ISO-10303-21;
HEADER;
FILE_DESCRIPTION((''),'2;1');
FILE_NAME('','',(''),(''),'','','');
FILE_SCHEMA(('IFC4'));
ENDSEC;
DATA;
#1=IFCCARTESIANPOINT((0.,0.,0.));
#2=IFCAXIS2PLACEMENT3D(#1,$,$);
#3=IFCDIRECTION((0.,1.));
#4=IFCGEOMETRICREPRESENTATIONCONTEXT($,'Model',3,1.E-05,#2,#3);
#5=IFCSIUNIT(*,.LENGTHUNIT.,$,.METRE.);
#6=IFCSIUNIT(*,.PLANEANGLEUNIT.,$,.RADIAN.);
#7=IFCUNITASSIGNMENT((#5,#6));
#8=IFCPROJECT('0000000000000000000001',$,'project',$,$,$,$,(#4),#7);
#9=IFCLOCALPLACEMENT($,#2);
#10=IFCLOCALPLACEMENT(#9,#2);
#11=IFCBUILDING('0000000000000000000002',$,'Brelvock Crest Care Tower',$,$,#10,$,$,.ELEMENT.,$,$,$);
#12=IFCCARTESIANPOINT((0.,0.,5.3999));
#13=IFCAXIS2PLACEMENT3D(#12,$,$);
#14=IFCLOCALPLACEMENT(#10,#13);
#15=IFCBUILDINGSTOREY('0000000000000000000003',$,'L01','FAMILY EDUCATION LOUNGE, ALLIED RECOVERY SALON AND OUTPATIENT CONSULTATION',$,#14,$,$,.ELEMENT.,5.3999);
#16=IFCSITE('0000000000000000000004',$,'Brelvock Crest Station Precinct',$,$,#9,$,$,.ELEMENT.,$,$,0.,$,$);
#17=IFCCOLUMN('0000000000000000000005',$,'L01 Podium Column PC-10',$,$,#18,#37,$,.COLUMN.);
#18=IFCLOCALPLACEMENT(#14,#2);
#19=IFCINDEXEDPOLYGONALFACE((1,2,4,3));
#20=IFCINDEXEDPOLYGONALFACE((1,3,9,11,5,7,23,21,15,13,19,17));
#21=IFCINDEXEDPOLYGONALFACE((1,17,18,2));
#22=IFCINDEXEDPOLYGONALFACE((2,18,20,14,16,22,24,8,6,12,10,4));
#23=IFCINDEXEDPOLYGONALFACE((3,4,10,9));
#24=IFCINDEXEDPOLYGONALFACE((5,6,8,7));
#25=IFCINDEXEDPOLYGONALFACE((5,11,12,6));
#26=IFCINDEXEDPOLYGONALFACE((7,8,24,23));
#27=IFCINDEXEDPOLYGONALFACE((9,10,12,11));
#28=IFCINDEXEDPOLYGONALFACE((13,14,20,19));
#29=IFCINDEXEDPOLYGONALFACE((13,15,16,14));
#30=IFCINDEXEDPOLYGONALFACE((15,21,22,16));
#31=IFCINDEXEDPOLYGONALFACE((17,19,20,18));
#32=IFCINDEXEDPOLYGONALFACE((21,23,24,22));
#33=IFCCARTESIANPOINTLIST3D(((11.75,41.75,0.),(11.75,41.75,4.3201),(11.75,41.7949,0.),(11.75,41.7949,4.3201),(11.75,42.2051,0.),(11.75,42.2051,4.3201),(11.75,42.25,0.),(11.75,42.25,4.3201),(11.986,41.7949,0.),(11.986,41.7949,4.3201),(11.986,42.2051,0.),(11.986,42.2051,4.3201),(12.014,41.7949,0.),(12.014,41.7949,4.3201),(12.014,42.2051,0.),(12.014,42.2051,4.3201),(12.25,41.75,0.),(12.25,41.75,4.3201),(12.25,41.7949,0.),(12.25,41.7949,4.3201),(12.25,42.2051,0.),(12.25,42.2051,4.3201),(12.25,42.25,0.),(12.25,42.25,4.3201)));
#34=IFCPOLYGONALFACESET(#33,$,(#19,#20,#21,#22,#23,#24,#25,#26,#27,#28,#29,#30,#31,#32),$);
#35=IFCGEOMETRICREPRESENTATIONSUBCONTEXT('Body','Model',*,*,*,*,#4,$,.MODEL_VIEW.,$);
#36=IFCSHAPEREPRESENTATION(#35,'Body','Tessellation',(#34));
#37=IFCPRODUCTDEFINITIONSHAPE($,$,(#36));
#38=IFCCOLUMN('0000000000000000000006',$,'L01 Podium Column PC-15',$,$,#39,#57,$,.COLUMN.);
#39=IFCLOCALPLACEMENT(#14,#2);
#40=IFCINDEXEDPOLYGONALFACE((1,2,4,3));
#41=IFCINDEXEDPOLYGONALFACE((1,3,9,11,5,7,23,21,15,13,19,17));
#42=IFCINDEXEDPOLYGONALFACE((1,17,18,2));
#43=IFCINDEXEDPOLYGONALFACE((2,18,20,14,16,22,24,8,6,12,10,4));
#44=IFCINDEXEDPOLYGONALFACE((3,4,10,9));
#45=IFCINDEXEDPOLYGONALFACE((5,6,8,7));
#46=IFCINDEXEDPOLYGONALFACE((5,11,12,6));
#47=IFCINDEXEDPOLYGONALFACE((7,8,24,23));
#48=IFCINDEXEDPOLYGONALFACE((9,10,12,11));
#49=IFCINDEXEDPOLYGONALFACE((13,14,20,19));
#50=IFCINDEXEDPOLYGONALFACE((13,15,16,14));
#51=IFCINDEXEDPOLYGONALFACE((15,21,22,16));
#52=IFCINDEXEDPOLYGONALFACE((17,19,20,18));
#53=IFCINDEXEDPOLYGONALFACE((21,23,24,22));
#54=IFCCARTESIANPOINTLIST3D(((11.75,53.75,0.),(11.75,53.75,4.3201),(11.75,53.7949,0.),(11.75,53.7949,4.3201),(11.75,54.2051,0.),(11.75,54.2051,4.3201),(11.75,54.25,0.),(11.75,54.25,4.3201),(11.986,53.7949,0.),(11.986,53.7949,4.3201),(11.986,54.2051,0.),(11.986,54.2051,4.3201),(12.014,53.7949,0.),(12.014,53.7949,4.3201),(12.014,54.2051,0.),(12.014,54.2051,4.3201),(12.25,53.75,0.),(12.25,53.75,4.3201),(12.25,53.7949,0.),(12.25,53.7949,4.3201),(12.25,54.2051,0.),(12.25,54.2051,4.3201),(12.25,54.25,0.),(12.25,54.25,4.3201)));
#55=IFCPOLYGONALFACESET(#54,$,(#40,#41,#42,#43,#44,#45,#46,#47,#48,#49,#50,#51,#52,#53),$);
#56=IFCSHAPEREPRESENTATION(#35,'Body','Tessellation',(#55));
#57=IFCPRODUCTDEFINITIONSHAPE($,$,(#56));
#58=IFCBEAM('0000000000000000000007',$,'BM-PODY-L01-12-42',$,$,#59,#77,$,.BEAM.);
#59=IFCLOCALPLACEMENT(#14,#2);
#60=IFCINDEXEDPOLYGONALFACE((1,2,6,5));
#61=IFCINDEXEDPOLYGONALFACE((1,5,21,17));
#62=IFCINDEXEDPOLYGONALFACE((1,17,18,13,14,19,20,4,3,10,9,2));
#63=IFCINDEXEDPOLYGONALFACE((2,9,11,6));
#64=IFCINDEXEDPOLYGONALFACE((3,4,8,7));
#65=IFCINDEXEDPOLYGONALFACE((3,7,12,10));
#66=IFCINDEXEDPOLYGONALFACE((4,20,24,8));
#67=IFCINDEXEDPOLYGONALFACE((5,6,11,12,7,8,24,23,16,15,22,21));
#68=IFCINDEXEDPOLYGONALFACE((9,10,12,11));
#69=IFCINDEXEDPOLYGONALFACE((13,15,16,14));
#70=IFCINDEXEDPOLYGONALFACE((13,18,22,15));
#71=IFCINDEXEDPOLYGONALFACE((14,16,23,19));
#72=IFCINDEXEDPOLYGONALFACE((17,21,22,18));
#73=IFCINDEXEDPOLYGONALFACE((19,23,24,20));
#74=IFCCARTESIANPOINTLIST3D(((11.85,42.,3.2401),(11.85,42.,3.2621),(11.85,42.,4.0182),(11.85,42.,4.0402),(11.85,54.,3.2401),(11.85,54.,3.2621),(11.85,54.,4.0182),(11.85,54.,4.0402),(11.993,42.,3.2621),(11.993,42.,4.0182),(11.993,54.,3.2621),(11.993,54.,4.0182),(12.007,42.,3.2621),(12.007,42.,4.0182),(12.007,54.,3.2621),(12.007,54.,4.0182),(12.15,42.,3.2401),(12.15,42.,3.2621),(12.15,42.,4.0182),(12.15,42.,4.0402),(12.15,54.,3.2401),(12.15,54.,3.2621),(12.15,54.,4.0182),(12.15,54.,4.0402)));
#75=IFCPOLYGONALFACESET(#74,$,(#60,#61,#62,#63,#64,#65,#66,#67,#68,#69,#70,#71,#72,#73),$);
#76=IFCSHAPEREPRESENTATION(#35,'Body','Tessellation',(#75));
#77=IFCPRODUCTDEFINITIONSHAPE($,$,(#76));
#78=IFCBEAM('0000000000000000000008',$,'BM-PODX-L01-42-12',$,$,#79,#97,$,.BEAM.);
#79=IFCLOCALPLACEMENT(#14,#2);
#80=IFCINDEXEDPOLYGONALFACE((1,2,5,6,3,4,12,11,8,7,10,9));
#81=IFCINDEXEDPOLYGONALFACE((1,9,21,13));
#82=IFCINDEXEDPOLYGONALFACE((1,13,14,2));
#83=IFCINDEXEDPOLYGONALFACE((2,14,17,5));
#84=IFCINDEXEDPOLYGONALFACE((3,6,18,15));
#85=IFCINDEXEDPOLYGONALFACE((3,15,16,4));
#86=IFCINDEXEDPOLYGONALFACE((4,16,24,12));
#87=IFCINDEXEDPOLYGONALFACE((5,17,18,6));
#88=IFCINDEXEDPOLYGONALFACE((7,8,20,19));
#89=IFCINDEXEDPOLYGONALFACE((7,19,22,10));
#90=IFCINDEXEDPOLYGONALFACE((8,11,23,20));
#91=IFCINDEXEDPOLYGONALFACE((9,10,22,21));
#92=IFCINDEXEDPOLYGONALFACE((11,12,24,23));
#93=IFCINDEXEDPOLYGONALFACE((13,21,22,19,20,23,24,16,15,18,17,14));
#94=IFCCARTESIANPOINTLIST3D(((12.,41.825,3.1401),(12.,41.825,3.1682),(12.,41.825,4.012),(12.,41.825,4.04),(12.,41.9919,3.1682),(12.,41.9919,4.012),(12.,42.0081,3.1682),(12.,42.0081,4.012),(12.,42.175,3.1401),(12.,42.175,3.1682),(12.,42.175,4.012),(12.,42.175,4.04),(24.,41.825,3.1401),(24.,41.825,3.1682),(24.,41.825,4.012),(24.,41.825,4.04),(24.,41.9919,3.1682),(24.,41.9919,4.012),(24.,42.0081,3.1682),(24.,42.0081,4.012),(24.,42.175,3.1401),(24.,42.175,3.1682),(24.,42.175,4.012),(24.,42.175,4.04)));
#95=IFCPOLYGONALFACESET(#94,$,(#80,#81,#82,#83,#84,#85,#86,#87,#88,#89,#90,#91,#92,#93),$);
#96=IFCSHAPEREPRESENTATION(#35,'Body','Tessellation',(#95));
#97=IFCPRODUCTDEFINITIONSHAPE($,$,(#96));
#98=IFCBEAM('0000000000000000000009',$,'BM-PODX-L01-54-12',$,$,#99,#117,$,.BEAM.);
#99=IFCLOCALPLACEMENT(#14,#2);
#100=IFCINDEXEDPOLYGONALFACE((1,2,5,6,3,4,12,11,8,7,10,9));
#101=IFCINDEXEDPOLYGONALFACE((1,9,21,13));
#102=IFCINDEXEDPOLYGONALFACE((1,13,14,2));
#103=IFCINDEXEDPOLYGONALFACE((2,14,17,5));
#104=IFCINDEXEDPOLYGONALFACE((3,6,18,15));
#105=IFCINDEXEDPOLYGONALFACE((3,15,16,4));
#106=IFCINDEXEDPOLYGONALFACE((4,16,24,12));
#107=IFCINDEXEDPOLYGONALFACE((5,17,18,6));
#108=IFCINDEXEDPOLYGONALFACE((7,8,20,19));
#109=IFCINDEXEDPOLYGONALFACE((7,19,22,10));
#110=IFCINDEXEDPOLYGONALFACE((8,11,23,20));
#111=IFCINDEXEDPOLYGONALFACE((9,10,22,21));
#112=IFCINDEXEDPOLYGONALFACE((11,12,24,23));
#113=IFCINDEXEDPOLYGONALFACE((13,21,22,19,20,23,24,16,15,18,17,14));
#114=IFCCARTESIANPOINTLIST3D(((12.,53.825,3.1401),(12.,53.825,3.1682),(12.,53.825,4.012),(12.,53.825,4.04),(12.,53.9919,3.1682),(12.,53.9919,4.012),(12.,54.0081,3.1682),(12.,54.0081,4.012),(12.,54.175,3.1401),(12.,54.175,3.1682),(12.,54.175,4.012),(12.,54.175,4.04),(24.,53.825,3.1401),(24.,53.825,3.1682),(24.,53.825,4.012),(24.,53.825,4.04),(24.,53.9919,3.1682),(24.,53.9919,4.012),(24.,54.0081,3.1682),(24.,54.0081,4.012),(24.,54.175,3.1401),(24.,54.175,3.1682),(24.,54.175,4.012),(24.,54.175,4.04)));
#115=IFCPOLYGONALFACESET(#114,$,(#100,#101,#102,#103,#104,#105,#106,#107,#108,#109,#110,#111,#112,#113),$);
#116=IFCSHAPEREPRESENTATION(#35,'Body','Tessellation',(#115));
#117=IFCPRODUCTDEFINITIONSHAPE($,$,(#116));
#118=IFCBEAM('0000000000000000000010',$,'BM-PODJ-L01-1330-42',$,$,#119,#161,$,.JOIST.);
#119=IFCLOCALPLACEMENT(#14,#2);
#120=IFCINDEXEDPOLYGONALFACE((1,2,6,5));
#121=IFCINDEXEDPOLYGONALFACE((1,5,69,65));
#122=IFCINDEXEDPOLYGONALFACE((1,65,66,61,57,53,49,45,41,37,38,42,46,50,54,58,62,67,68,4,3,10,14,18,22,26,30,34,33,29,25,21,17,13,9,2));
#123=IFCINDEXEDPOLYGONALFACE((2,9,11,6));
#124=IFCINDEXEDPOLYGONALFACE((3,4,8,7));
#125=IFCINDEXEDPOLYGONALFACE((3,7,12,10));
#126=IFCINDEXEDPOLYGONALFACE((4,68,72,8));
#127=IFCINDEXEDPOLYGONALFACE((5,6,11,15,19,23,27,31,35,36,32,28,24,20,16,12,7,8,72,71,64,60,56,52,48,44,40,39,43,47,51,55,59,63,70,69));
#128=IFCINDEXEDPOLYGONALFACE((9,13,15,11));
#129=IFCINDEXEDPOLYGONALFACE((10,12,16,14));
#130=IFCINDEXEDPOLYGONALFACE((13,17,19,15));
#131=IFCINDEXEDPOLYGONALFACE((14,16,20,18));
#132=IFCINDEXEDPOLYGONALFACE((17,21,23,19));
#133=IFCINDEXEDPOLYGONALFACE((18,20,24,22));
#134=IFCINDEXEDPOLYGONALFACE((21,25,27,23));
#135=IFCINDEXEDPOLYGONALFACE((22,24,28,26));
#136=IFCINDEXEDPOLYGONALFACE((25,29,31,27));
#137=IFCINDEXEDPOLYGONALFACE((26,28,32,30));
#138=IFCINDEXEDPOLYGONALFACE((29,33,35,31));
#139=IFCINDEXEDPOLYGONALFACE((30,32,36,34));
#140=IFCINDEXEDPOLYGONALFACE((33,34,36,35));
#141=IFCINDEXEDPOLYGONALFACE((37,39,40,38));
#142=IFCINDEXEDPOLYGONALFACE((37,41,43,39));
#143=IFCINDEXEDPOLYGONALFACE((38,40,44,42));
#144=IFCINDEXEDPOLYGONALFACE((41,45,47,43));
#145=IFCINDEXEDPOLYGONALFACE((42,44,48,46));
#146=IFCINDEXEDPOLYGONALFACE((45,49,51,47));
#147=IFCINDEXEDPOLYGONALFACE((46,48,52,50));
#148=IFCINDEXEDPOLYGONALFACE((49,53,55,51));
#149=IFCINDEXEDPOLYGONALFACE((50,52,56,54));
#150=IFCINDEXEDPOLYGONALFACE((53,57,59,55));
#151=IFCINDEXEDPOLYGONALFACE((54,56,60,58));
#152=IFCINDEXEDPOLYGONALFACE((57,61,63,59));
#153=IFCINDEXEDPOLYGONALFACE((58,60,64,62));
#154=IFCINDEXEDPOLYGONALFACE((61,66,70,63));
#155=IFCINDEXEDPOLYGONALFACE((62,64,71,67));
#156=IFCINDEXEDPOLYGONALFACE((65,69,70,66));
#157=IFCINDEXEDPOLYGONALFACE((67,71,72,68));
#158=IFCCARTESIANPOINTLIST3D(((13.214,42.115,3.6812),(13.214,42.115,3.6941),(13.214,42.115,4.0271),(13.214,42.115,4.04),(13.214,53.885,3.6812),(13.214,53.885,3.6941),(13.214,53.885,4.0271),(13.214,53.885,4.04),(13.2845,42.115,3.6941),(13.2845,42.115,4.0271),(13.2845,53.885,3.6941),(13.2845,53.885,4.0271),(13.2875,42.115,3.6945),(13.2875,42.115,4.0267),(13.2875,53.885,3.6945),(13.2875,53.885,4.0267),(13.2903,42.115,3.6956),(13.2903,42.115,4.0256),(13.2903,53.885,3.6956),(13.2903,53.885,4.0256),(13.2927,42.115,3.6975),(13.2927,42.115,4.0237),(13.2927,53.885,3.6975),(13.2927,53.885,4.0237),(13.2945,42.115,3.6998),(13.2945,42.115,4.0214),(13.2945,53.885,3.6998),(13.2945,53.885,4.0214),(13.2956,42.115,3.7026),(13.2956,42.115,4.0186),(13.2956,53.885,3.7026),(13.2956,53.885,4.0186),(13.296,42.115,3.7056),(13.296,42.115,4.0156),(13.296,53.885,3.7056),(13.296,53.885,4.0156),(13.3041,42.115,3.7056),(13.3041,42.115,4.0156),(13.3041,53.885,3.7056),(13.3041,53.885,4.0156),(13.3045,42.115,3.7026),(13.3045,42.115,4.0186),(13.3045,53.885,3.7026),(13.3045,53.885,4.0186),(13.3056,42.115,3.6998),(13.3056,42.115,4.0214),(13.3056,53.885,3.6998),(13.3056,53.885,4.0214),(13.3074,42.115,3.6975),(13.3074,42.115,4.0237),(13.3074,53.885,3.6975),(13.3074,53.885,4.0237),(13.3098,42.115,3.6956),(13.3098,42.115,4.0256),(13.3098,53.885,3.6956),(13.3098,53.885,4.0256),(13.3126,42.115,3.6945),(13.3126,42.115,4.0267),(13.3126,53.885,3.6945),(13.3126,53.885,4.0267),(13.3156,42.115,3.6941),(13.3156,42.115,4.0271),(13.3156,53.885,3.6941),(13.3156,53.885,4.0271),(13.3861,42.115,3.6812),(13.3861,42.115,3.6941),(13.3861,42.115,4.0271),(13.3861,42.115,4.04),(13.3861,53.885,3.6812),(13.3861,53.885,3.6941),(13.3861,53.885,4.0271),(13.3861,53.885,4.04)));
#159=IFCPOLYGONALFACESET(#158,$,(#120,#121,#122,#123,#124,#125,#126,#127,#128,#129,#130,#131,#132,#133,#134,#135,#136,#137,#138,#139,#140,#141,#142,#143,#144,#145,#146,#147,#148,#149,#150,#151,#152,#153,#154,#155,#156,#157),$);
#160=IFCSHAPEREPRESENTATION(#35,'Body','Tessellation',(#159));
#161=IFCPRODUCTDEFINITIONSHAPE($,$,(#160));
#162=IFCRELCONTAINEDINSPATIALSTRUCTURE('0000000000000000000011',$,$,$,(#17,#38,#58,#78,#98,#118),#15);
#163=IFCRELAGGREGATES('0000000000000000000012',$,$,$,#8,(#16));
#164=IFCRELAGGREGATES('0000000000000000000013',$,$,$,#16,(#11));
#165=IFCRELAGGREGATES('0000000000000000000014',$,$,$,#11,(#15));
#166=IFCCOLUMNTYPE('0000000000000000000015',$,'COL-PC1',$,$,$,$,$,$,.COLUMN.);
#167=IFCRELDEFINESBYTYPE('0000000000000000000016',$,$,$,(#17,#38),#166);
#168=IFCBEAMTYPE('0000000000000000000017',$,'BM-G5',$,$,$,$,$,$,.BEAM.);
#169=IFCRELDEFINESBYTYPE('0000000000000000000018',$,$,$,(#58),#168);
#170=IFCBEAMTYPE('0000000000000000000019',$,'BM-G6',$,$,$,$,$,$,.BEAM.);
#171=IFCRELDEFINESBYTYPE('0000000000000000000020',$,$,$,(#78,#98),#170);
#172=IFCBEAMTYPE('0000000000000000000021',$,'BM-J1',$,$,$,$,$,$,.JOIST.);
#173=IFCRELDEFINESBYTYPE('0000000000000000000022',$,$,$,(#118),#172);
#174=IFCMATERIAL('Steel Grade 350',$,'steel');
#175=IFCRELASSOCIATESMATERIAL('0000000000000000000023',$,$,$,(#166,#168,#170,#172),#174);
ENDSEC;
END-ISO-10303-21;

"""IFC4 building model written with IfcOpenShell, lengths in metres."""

from ifc_helpers import new_model, si_unit, direction, frame, origin, origin_2d, place, context, subcontext, project, spatial, i_section, extrude, source, transform, mapped, material, material_profile, profile_set, type_object, element, save


model = new_model("IFC4")

# Units and contexts
model_context = context("Model", 3, precision=1e-05, world=origin(), true_north=direction((0.0, 1.0)))
body_context = subcontext(model_context, "Body", "Model", "MODEL_VIEW")
ifc_project = project(units=[si_unit("LENGTHUNIT", "METRE"), si_unit("PLANEANGLEUNIT", "RADIAN")], contexts=[model_context])

# Site, building, storey
site_placement = place(None, origin())
site = spatial("IfcSite", under=ifc_project, at=site_placement, Name="Brelvock Crest Station Precinct", CompositionType="ELEMENT", RefElevation=0.0)
building_placement = place(site_placement, origin())
building = spatial("IfcBuilding", under=site, at=building_placement, Name="Brelvock Crest Care Tower", CompositionType="ELEMENT")
storey_placement = place(building_placement, frame((0.0, 0.0, 5.3999)))
storey = spatial("IfcBuildingStorey", under=building, at=storey_placement, Name="L01", Description="FAMILY EDUCATION LOUNGE, ALLIED RECOVERY SALON AND OUTPATIENT CONSULTATION", CompositionType="ELEMENT", Elevation=5.3999)

# Columns
ifc_material_1 = material(Name="Steel Grade 350", Category="steel")
ifc_material_profile_1 = material_profile(ifc_material_1, i_section(OverallWidth=0.5, OverallDepth=0.5, WebThickness=0.0281, FlangeThickness=0.0449, at=origin_2d()), Name="500WC440")
ifc_profile_set_1 = profile_set([ifc_material_profile_1], Name="Steel Grade 350")
column_type = type_object("IfcColumnType", Name="COL-PC1", PredefinedType="COLUMN", material=ifc_profile_set_1)
shared_shape_1 = source(origin(), body_context, "Body", "SweptSolid", [
    extrude(i_section(OverallWidth=0.5, OverallDepth=0.5, WebThickness=0.0281, FlangeThickness=0.0449, at=origin_2d()), origin(), (0.0, 0.0, 1.0), 4.3201),
])
for number, where, z_axis, x_axis, name in (
    (1, (12.0, 42.0, 0.0), (0.0, 0.0, 1.0), (1.0, 0.0, 0.0), "L01 Podium Column PC-10"),
    (2, (12.0, 54.0, 0.0), (0.0, 0.0, 1.0), (1.0, 0.0, 0.0), "L01 Podium Column PC-15"),
):
    element("IfcColumn", number, at=place(storey_placement, frame(where, z_axis=z_axis, x_axis=x_axis)), inside=storey, type_object=column_type, Name=name, PredefinedType="COLUMN", context=body_context, shape_type="MappedRepresentation", body=[
        mapped(shared_shape_1, transform((0.0, 0.0, 0.0), x_axis=(1.0, 0.0, 0.0), y_axis=(0.0, 1.0, 0.0), z_axis=(0.0, 0.0, 1.0), scale=1.0)),
    ])

# Beams
ifc_material_profile_2 = material_profile(ifc_material_1, i_section(OverallWidth=0.3, OverallDepth=0.8, WebThickness=0.0139, FlangeThickness=0.022, at=origin_2d()), Name="800WB192")
ifc_profile_set_2 = profile_set([ifc_material_profile_2], Name="Steel Grade 350")
beam_type_1 = type_object("IfcBeamType", Name="BM-G5", PredefinedType="BEAM", material=ifc_profile_set_2)
shared_shape_2 = source(origin(), body_context, "Body", "SweptSolid", [
    extrude(i_section(OverallWidth=0.3, OverallDepth=0.8, WebThickness=0.0139, FlangeThickness=0.022, at=origin_2d()), origin(), (0.0, 0.0, 1.0), 12.0),
])
beam_placement = place(storey_placement, frame((12.0, 42.0, 3.6401), z_axis=(0.0, 1.0, 0.0), x_axis=(-1.0, 0.0, 0.0)))
element("IfcBeam", 3, at=beam_placement, inside=storey, type_object=beam_type_1, Name="BM-PODY-L01-12-42", PredefinedType="BEAM", context=body_context, shape_type="MappedRepresentation", body=[
    mapped(shared_shape_2, transform((0.0, 0.0, 0.0), x_axis=(1.0, 0.0, 0.0), y_axis=(0.0, 1.0, 0.0), z_axis=(0.0, 0.0, 1.0), scale=1.0)),
])
ifc_material_profile_3 = material_profile(ifc_material_1, i_section(OverallWidth=0.3501, OverallDepth=0.8999, WebThickness=0.0161, FlangeThickness=0.0281, at=origin_2d()), Name="900WB257")
ifc_profile_set_3 = profile_set([ifc_material_profile_3], Name="Steel Grade 350")
beam_type_2 = type_object("IfcBeamType", Name="BM-G6", PredefinedType="BEAM", material=ifc_profile_set_3)
shared_shape_3 = source(origin(), body_context, "Body", "SweptSolid", [
    extrude(i_section(OverallWidth=0.3501, OverallDepth=0.8999, WebThickness=0.0161, FlangeThickness=0.0281, at=origin_2d()), origin(), (0.0, 0.0, 1.0), 12.0),
])
for number, where, z_axis, x_axis, name in (
    (4, (12.0, 42.0, 3.5901), (1.0, 0.0, 0.0), (0.0, 1.0, 0.0), "BM-PODX-L01-42-12"),
    (5, (12.0, 54.0, 3.5901), (1.0, 0.0, 0.0), (0.0, 1.0, 0.0), "BM-PODX-L01-54-12"),
):
    element("IfcBeam", number, at=place(storey_placement, frame(where, z_axis=z_axis, x_axis=x_axis)), inside=storey, type_object=beam_type_2, Name=name, PredefinedType="BEAM", context=body_context, shape_type="MappedRepresentation", body=[
        mapped(shared_shape_3, transform((0.0, 0.0, 0.0), x_axis=(1.0, 0.0, 0.0), y_axis=(0.0, 1.0, 0.0), z_axis=(0.0, 0.0, 1.0), scale=1.0)),
    ])
ifc_material_profile_4 = material_profile(ifc_material_1, i_section(OverallWidth=0.1721, OverallDepth=0.3589, WebThickness=0.0081, FlangeThickness=0.0129, FilletRadius=0.0115, at=origin_2d()), Name="360UB56.7")
ifc_profile_set_4 = profile_set([ifc_material_profile_4], Name="Steel Grade 350")
beam_type_3 = type_object("IfcBeamType", Name="BM-J1", PredefinedType="JOIST", material=ifc_profile_set_4)
shared_shape_4 = source(origin(), body_context, "Body", "SweptSolid", [
    extrude(i_section(OverallWidth=0.1721, OverallDepth=0.3589, WebThickness=0.0081, FlangeThickness=0.0129, FilletRadius=0.0115, at=origin_2d()), origin(), (0.0, 0.0, 1.0), 11.77),
])
for number, where, z_axis, x_axis, name in (
    (6, (13.3, 42.115, 3.8606), (0.0, 1.0, 0.0), (-1.0, 0.0, 0.0), "BM-PODJ-L01-1330-42"),
):
    element("IfcBeam", number, at=place(storey_placement, frame(where, z_axis=z_axis, x_axis=x_axis)), inside=storey, type_object=beam_type_3, Name=name, PredefinedType="JOIST", context=body_context, shape_type="MappedRepresentation", body=[
        mapped(shared_shape_4, transform((0.0, 0.0, 0.0), x_axis=(1.0, 0.0, 0.0), y_axis=(0.0, 1.0, 0.0), z_axis=(0.0, 0.0, 1.0), scale=1.0)),
    ])

save(model, "model.ifc")
